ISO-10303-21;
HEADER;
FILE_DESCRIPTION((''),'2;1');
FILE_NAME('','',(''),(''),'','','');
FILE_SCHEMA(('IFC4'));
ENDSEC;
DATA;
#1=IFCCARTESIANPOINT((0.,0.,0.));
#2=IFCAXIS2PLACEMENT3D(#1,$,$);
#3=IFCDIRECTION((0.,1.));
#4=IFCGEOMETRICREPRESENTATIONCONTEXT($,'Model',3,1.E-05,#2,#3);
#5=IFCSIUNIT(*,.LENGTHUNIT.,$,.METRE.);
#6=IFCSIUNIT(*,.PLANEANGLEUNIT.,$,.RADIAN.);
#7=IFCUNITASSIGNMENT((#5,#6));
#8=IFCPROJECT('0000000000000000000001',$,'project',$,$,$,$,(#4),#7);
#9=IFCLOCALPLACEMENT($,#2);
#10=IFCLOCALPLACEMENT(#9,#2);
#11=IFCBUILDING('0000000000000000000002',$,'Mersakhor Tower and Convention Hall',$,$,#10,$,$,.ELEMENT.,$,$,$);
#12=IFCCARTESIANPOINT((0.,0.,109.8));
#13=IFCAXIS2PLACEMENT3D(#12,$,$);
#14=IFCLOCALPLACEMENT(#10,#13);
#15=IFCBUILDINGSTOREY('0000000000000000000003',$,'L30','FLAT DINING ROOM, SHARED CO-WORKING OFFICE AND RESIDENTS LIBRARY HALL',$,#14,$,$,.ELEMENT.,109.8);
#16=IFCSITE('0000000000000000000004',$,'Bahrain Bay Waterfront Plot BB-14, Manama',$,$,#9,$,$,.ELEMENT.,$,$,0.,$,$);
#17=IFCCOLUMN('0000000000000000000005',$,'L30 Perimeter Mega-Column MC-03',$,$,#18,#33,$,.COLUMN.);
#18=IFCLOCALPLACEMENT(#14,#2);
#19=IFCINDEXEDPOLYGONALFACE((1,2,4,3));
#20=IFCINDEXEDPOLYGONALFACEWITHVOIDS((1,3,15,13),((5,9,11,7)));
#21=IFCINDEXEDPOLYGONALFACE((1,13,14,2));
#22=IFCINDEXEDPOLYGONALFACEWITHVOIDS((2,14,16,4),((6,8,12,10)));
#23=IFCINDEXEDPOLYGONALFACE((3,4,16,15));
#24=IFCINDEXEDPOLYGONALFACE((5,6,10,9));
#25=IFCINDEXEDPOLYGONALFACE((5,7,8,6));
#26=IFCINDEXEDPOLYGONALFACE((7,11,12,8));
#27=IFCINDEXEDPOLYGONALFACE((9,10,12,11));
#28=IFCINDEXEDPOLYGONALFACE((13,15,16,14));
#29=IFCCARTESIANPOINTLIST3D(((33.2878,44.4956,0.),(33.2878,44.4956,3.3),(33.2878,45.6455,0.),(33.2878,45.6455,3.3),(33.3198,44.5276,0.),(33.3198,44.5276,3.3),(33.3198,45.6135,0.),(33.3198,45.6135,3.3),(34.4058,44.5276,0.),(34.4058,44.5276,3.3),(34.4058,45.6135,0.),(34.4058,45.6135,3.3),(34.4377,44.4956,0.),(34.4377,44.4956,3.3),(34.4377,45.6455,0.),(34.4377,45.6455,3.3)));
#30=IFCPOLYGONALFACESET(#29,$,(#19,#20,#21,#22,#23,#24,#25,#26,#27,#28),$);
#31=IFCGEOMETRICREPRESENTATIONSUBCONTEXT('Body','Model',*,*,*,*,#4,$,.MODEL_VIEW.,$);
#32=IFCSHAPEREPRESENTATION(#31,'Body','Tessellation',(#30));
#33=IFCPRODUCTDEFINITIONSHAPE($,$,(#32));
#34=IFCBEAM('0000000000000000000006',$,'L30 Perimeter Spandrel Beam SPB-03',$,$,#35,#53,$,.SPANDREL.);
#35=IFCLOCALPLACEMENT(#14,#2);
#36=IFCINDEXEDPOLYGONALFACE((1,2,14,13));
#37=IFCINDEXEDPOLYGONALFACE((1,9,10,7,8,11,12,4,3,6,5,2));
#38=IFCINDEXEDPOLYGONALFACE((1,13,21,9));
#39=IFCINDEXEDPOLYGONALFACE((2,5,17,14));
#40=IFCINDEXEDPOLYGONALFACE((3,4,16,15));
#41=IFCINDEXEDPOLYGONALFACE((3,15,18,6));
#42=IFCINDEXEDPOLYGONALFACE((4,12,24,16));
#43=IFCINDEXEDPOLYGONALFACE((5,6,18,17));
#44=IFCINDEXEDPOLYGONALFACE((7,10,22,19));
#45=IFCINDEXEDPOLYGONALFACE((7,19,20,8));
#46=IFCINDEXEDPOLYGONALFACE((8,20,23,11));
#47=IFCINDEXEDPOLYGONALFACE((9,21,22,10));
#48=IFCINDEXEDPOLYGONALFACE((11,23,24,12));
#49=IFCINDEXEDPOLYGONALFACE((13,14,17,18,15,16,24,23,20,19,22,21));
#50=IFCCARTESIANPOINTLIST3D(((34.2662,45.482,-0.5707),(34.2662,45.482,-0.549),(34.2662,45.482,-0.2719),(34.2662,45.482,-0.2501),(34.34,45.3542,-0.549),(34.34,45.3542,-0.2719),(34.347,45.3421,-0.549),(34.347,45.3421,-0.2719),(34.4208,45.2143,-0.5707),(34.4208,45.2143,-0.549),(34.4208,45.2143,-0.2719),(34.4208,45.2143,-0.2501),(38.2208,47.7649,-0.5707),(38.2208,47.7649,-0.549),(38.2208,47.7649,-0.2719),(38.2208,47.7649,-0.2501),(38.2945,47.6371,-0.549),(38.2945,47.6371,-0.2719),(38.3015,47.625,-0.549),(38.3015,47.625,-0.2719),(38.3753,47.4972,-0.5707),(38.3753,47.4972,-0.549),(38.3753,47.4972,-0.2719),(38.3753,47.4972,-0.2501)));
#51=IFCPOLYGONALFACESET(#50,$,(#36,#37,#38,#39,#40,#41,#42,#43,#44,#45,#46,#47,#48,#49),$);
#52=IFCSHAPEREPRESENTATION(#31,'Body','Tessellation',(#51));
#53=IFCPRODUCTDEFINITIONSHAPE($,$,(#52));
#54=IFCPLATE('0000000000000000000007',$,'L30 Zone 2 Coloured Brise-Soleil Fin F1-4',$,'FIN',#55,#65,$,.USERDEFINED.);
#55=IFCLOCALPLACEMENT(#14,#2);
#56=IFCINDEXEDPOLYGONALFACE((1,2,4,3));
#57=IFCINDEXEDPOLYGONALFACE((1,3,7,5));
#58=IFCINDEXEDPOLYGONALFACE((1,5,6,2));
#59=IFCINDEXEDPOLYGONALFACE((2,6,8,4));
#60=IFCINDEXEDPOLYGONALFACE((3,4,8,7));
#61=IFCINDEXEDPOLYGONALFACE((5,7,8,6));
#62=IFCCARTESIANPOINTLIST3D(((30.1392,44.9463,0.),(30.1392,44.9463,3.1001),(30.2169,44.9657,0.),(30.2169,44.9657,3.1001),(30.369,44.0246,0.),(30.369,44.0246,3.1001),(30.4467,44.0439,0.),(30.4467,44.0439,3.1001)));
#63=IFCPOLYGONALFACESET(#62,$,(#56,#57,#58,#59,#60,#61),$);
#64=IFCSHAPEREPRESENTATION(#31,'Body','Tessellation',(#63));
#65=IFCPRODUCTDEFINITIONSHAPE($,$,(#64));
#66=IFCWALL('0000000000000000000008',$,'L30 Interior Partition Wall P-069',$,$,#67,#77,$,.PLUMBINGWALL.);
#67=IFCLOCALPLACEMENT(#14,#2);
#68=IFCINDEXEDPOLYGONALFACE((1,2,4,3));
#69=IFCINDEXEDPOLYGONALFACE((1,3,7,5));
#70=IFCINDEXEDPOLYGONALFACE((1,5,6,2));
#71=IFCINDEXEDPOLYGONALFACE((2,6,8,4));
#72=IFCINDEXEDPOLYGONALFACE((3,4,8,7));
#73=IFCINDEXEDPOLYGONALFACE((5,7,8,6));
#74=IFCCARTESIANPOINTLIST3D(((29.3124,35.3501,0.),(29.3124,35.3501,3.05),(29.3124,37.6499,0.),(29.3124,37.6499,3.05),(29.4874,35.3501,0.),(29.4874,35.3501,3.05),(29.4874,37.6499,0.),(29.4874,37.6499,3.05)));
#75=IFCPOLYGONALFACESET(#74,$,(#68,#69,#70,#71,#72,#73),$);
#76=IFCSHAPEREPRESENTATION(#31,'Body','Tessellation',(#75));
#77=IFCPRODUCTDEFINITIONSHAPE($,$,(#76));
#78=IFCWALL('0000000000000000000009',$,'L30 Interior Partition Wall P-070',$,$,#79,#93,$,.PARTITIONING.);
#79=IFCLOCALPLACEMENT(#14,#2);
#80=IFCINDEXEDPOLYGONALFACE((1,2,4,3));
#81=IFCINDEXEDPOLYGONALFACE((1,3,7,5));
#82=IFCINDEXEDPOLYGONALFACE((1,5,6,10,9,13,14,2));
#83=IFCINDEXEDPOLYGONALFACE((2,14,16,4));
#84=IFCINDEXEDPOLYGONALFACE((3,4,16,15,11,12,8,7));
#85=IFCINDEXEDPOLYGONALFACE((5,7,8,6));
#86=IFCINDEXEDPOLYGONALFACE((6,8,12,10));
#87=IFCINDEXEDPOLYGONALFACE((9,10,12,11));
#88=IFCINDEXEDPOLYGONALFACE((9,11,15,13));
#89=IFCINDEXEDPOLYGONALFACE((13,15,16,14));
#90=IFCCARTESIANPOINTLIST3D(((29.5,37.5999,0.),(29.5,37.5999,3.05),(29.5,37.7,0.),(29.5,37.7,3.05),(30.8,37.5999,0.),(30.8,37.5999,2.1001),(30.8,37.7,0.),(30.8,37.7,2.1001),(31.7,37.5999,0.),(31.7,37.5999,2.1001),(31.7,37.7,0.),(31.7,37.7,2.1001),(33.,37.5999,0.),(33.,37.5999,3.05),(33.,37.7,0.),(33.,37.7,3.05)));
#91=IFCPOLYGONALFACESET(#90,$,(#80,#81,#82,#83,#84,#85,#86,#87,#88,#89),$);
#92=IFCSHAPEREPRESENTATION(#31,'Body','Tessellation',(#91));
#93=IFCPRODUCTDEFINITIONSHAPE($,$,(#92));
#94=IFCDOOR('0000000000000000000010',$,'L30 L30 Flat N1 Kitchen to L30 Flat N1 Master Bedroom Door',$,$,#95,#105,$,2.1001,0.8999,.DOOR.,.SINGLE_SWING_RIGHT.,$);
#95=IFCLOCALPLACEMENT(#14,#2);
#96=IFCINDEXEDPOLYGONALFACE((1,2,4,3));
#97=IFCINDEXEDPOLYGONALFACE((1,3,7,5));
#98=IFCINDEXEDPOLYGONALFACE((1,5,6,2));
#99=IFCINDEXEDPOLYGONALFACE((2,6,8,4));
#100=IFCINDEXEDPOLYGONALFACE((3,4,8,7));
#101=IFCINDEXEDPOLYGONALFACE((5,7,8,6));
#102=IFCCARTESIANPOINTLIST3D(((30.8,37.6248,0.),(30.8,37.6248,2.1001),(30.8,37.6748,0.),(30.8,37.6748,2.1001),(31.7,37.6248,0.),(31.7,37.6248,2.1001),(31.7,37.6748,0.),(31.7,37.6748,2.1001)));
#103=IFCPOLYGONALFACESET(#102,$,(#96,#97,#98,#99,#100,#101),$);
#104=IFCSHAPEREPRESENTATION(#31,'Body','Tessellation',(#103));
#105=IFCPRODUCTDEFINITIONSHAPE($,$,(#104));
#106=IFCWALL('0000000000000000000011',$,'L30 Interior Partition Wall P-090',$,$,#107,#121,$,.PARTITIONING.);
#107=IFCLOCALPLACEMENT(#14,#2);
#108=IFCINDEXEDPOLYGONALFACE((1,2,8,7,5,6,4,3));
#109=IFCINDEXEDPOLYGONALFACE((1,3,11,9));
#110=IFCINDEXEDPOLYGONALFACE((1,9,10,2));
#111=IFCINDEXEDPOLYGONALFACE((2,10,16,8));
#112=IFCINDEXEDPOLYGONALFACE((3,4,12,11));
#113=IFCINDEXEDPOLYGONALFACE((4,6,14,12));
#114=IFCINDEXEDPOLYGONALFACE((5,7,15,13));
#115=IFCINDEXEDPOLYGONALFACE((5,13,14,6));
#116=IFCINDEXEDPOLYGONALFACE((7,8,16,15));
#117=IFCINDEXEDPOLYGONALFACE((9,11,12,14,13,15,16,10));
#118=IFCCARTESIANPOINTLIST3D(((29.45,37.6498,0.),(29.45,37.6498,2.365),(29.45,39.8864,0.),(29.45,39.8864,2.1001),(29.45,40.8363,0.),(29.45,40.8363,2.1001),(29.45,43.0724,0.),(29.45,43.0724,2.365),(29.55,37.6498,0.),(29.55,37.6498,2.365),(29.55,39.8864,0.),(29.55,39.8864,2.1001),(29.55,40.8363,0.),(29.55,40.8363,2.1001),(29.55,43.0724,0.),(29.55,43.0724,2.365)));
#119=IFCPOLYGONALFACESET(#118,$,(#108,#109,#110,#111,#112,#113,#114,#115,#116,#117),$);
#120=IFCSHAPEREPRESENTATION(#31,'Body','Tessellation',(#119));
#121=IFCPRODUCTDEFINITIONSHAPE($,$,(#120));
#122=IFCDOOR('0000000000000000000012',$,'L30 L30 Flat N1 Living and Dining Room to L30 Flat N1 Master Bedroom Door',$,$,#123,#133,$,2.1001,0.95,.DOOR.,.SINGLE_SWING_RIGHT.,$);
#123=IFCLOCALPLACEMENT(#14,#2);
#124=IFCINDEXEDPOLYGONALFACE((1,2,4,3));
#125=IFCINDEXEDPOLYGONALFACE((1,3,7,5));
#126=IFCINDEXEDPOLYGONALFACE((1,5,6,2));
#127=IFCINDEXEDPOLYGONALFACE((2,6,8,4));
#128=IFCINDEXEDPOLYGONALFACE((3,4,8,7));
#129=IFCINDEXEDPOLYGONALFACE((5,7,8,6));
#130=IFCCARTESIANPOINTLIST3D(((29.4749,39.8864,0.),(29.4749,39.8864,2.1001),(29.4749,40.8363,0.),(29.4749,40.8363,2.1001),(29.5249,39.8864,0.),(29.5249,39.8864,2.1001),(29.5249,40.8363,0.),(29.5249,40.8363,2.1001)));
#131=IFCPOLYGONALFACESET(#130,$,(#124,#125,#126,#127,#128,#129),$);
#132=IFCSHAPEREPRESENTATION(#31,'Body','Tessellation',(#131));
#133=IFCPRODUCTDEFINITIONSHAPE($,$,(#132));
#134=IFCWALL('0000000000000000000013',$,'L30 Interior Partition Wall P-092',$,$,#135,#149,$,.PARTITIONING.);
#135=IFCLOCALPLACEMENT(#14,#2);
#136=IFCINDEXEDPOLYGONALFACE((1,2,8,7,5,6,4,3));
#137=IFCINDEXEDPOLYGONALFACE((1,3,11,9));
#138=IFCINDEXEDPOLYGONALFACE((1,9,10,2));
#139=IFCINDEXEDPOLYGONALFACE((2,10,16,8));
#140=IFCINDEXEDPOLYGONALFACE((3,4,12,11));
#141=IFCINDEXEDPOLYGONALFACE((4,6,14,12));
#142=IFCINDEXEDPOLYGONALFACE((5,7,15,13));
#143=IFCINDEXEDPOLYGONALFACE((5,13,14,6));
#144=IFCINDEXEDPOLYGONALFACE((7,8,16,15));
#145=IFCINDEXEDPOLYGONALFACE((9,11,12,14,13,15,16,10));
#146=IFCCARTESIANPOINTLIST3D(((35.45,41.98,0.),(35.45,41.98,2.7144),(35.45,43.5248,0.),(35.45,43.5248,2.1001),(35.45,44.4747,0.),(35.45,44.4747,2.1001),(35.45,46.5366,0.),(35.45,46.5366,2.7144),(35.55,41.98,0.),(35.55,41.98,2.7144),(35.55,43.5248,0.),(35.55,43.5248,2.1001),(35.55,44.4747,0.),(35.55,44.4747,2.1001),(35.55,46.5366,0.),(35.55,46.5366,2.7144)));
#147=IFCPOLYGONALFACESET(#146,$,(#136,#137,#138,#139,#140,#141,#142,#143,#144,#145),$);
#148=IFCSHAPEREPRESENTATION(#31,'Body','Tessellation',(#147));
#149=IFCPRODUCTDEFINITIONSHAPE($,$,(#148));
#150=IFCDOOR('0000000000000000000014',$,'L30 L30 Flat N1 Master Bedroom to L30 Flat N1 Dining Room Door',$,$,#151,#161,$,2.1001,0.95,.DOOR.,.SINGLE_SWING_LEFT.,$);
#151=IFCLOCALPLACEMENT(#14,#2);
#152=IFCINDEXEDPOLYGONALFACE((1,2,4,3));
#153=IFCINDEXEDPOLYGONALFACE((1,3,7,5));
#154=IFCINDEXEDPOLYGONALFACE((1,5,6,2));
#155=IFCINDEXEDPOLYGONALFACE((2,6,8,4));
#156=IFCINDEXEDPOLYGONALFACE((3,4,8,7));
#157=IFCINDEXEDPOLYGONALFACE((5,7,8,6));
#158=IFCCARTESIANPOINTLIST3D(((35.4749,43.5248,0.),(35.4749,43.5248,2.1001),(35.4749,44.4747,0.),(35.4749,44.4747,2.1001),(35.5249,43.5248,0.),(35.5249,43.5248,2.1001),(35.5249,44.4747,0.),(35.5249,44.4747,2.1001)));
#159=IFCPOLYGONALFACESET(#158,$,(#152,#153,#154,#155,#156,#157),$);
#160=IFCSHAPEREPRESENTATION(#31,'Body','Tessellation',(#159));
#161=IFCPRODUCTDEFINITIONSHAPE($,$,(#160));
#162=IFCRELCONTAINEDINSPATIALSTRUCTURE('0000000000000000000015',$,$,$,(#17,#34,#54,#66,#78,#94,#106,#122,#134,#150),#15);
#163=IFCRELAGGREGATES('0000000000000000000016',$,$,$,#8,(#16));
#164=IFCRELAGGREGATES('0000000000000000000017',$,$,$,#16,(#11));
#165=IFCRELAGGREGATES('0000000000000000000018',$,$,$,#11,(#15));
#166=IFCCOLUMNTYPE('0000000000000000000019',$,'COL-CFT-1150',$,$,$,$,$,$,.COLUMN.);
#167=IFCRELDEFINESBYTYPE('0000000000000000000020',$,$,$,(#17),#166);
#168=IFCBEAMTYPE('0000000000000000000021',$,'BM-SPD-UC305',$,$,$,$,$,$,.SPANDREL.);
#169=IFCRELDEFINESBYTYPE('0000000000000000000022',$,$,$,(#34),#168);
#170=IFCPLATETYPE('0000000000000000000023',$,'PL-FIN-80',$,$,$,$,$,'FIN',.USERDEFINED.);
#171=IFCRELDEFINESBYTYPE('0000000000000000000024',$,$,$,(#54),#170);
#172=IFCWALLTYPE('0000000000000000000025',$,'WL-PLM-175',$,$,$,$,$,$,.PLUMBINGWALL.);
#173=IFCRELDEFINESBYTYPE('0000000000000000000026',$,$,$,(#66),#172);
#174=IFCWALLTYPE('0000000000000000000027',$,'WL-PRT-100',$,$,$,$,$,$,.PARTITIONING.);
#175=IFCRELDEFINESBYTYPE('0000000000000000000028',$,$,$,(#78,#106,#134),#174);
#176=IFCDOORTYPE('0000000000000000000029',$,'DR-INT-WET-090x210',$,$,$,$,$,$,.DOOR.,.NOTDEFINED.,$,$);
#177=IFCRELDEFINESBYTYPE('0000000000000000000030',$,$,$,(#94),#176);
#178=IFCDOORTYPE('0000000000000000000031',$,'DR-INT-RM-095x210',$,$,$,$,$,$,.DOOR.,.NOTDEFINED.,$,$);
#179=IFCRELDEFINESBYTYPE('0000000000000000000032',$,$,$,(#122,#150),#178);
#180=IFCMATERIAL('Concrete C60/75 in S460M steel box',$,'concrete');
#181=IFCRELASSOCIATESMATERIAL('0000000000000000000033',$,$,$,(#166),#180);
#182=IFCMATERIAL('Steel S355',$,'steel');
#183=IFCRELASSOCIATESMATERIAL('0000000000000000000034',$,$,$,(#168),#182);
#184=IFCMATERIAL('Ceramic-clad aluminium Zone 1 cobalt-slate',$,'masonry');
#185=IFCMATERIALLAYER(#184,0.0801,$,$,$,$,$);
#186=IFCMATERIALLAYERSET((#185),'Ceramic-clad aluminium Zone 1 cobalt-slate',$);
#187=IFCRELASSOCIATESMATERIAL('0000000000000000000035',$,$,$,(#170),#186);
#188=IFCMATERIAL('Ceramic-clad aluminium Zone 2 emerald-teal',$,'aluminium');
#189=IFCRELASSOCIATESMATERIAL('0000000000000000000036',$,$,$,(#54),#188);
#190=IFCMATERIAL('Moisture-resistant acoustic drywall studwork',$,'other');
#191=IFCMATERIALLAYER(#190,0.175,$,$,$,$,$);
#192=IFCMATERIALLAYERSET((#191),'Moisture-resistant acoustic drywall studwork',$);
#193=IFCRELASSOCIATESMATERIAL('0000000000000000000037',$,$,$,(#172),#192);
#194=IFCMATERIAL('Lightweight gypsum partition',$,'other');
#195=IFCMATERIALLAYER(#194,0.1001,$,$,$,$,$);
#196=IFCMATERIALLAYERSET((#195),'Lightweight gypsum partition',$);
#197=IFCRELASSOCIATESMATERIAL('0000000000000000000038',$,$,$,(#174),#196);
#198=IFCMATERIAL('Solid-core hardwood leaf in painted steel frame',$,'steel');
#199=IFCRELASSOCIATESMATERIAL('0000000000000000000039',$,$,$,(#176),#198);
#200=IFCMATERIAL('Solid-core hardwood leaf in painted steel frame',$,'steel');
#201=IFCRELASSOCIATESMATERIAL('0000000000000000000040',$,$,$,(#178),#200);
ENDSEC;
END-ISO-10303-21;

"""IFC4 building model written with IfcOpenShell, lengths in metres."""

from ifc_helpers import new_model, si_unit, direction, frame, frame_2d, origin, origin_2d, place, context, subcontext, project, spatial, rectangle, hollow_rectangle, i_section, extrude, material, layer, layer_set, material_profile, profile_set, type_object, element, fill, save


model = new_model("IFC4")

# Units and contexts
model_context = context("Model", 3, precision=1e-05, world=origin(), true_north=direction((0.0, 1.0)))
body_context = subcontext(model_context, "Body", "Model", "MODEL_VIEW")
ifc_project = project(units=[si_unit("LENGTHUNIT", "METRE"), si_unit("PLANEANGLEUNIT", "RADIAN")], contexts=[model_context])

# Site, building, storey
site_placement = place(None, origin())
site = spatial("IfcSite", under=ifc_project, at=site_placement, Name="Bahrain Bay Waterfront Plot BB-14, Manama", CompositionType="ELEMENT", RefElevation=0.0)
building_placement = place(site_placement, origin())
building = spatial("IfcBuilding", under=site, at=building_placement, Name="Mersakhor Tower and Convention Hall", CompositionType="ELEMENT")
storey_placement = place(building_placement, frame((0.0, 0.0, 109.8)))
storey = spatial("IfcBuildingStorey", under=building, at=storey_placement, Name="L30", Description="FLAT DINING ROOM, SHARED CO-WORKING OFFICE AND RESIDENTS LIBRARY HALL", CompositionType="ELEMENT", Elevation=109.8)

# Column
ifc_material_1 = material(Name="Concrete C60/75 in S460M steel box", Category="concrete")
ifc_material_profile_1 = material_profile(ifc_material_1, hollow_rectangle(XDim=1.1499, YDim=1.1499, WallThickness=0.032, at=origin_2d()), Name="SHS 1150x1150x32")
ifc_profile_set_1 = profile_set([ifc_material_profile_1], Name="Concrete C60/75 in S460M steel box")
column_type = type_object("IfcColumnType", Name="COL-CFT-1150", PredefinedType="COLUMN", material=ifc_profile_set_1)
column_placement = place(storey_placement, frame((33.8628, 45.0706, 0.0), z_axis=(0.0, 0.0, 1.0), x_axis=(1.0, 0.0, 0.0)))
element("IfcColumn", 1, at=column_placement, inside=storey, type_object=column_type, Name="L30 Perimeter Mega-Column MC-03", PredefinedType="COLUMN", context=body_context, shape_type="SweptSolid", body=[
    extrude(hollow_rectangle(XDim=1.1499, YDim=1.1499, WallThickness=0.032, at=origin_2d()), origin(), (0.0, 0.0, 1.0), 3.3),
])

# Beam
ifc_material_2 = material(Name="Steel S355", Category="steel")
ifc_material_profile_2 = material_profile(ifc_material_2, i_section(OverallWidth=0.3091, OverallDepth=0.3206, WebThickness=0.0139, FlangeThickness=0.0217, at=origin_2d()), Name="UC 305x305x137")
ifc_profile_set_2 = profile_set([ifc_material_profile_2], Name="Steel S355")
beam_type = type_object("IfcBeamType", Name="BM-SPD-UC305", PredefinedType="SPANDREL", material=ifc_profile_set_2)
beam_placement = place(storey_placement, frame((34.3435, 45.3481, -0.4104), z_axis=(0.866047, 0.499963, 0.0), x_axis=(-0.499963, 0.866047, 0.0)))
element("IfcBeam", 2, at=beam_placement, inside=storey, type_object=beam_type, Name="L30 Perimeter Spandrel Beam SPB-03", PredefinedType="SPANDREL", context=body_context, shape_type="SweptSolid", body=[
    extrude(i_section(OverallWidth=0.3091, OverallDepth=0.3206, WebThickness=0.0139, FlangeThickness=0.0217, at=origin_2d()), origin(), (0.0, 0.0, 1.0), 4.5662),
])

# Plate
ifc_material_3 = material(Name="Ceramic-clad aluminium Zone 2 emerald-teal", Category="aluminium")
ifc_material_4 = material(Name="Ceramic-clad aluminium Zone 1 cobalt-slate", Category="masonry")
ifc_layer_1 = layer(ifc_material_4, 0.0801)
ifc_layer_set_1 = layer_set([ifc_layer_1], Name="Ceramic-clad aluminium Zone 1 cobalt-slate")
plate_type = type_object("IfcPlateType", Name="PL-FIN-80", ElementType="FIN", PredefinedType="USERDEFINED", material=ifc_layer_set_1)
plate_placement = place(storey_placement, frame((30.293, 44.4951, 0.0), z_axis=(0.0, 0.0, 1.0), x_axis=(-0.241922, 0.970296, 0.0)))
element("IfcPlate", 3, at=plate_placement, inside=storey, type_object=plate_type, material=ifc_material_3, Name="L30 Zone 2 Coloured Brise-Soleil Fin F1-4", ObjectType="FIN", PredefinedType="USERDEFINED", context=body_context, shape_type="SweptSolid", body=[
    extrude(rectangle(XDim=0.95, YDim=0.0801, at=origin_2d()), origin(), (0.0, 0.0, 1.0), 3.1001),
])

# Wall
ifc_material_5 = material(Name="Moisture-resistant acoustic drywall studwork", Category="other")
ifc_layer_2 = layer(ifc_material_5, 0.175)
ifc_layer_set_2 = layer_set([ifc_layer_2], Name="Moisture-resistant acoustic drywall studwork")
wall_type_1 = type_object("IfcWallType", Name="WL-PLM-175", PredefinedType="PLUMBINGWALL", material=ifc_layer_set_2)
wall_1_placement = place(storey_placement, frame((29.3999, 37.6499, 0.0), z_axis=(0.0, 0.0, 1.0), x_axis=(0.0, -1.0, 0.0)))
element("IfcWall", 4, at=wall_1_placement, inside=storey, type_object=wall_type_1, Name="L30 Interior Partition Wall P-069", PredefinedType="PLUMBINGWALL", context=body_context, shape_type="SweptSolid", body=[
    extrude(rectangle(XDim=2.2998, YDim=0.175, at=frame_2d((1.1499, 0.0))), origin(), (0.0, 0.0, 1.0), 3.05),
])

# Walls, openings, doors
ifc_material_6 = material(Name="Lightweight gypsum partition", Category="other")
ifc_layer_3 = layer(ifc_material_6, 0.1001)
ifc_layer_set_3 = layer_set([ifc_layer_3], Name="Lightweight gypsum partition")
wall_type_2 = type_object("IfcWallType", Name="WL-PRT-100", PredefinedType="PARTITIONING", material=ifc_layer_set_3)
wall_2_placement = place(storey_placement, frame((29.5, 37.6499, 0.0), z_axis=(0.0, 0.0, 1.0), x_axis=(1.0, 0.0, 0.0)))
wall_2 = element("IfcWall", 5, at=wall_2_placement, inside=storey, type_object=wall_type_2, Name="L30 Interior Partition Wall P-070", PredefinedType="PARTITIONING", context=body_context, shape_type="SweptSolid", body=[
    extrude(rectangle(XDim=3.5, YDim=0.1001, at=frame_2d((1.75, 0.0))), origin(), (0.0, 0.0, 1.0), 3.05),
])
opening_1_placement = place(wall_2_placement, frame((1.3, 0.0, 0.0)))
opening_1 = element("IfcOpeningElement", 6, at=opening_1_placement, cuts=wall_2, PredefinedType="OPENING", context=body_context, shape_type="SweptSolid", body=[
    extrude(rectangle(XDim=0.8999, YDim=2.1001, at=frame_2d((0.45, 1.05))), frame((0.0, 0.0601, 0.0), z_axis=(0.0, -1.0, 0.0), x_axis=(1.0, 0.0, 0.0)), (0.0, 0.0, 1.0), 0.1201),
])
ifc_material_7 = material(Name="Solid-core hardwood leaf in painted steel frame", Category="steel")
door_type_1 = type_object("IfcDoorType", Name="DR-INT-WET-090x210", OperationType="NOTDEFINED", PredefinedType="DOOR", material=ifc_material_7)
door_1_placement = place(opening_1_placement, origin())
door_1 = element("IfcDoor", 7, at=door_1_placement, inside=storey, type_object=door_type_1, Name="L30 L30 Flat N1 Kitchen to L30 Flat N1 Master Bedroom Door", OperationType="SINGLE_SWING_RIGHT", OverallHeight=2.1001, OverallWidth=0.8999, PredefinedType="DOOR", context=body_context, shape_type="SweptSolid", body=[
    extrude(rectangle(XDim=0.8999, YDim=2.1001, at=frame_2d((0.45, 1.05))), frame((0.0, 0.0249, 0.0), z_axis=(0.0, -1.0, 0.0), x_axis=(1.0, 0.0, 0.0)), (0.0, 0.0, 1.0), 0.05),
])
fill(opening_1, door_1)
wall_3_placement = place(storey_placement, frame((29.5, 43.0725, 0.0), z_axis=(0.0, 0.0, 1.0), x_axis=(0.0, -1.0, 0.0)))
wall_3 = element("IfcWall", 8, at=wall_3_placement, inside=storey, type_object=wall_type_2, Name="L30 Interior Partition Wall P-090", PredefinedType="PARTITIONING", context=body_context, shape_type="SweptSolid", body=[
    extrude(rectangle(XDim=5.4226, YDim=0.1001, at=frame_2d((2.7114, 0.0))), origin(), (0.0, 0.0, 1.0), 2.365),
])
opening_2_placement = place(wall_3_placement, frame((2.2361, 0.0, 0.0)))
opening_2 = element("IfcOpeningElement", 9, at=opening_2_placement, cuts=wall_3, PredefinedType="OPENING", context=body_context, shape_type="SweptSolid", body=[
    extrude(rectangle(XDim=0.95, YDim=2.1001, at=frame_2d((0.4751, 1.05))), frame((0.0, 0.0601, 0.0), z_axis=(0.0, -1.0, 0.0), x_axis=(1.0, 0.0, 0.0)), (0.0, 0.0, 1.0), 0.1201),
])
ifc_material_8 = material(Name="Solid-core hardwood leaf in painted steel frame", Category="steel")
door_type_2 = type_object("IfcDoorType", Name="DR-INT-RM-095x210", OperationType="NOTDEFINED", PredefinedType="DOOR", material=ifc_material_8)
door_2_placement = place(opening_2_placement, origin())
door_2 = element("IfcDoor", 10, at=door_2_placement, inside=storey, type_object=door_type_2, Name="L30 L30 Flat N1 Living and Dining Room to L30 Flat N1 Master Bedroom Door", OperationType="SINGLE_SWING_RIGHT", OverallHeight=2.1001, OverallWidth=0.95, PredefinedType="DOOR", context=body_context, shape_type="SweptSolid", body=[
    extrude(rectangle(XDim=0.95, YDim=2.1001, at=frame_2d((0.4751, 1.05))), frame((0.0, 0.0249, 0.0), z_axis=(0.0, -1.0, 0.0), x_axis=(1.0, 0.0, 0.0)), (0.0, 0.0, 1.0), 0.05),
])
fill(opening_2, door_2)
wall_4_placement = place(storey_placement, frame((35.5, 46.5366, 0.0), z_axis=(0.0, 0.0, 1.0), x_axis=(0.0, -1.0, 0.0)))
wall_4 = element("IfcWall", 11, at=wall_4_placement, inside=storey, type_object=wall_type_2, Name="L30 Interior Partition Wall P-092", PredefinedType="PARTITIONING", context=body_context, shape_type="SweptSolid", body=[
    extrude(rectangle(XDim=4.5566, YDim=0.1001, at=frame_2d((2.2783, 0.0))), origin(), (0.0, 0.0, 1.0), 2.7144),
])
opening_3_placement = place(wall_4_placement, frame((2.0618, 0.0, 0.0)))
opening_3 = element("IfcOpeningElement", 12, at=opening_3_placement, cuts=wall_4, PredefinedType="OPENING", context=body_context, shape_type="SweptSolid", body=[
    extrude(rectangle(XDim=0.95, YDim=2.1001, at=frame_2d((0.4751, 1.05))), frame((0.0, 0.0601, 0.0), z_axis=(0.0, -1.0, 0.0), x_axis=(1.0, 0.0, 0.0)), (0.0, 0.0, 1.0), 0.1201),
])
door_3_placement = place(opening_3_placement, origin())
door_3 = element("IfcDoor", 13, at=door_3_placement, inside=storey, type_object=door_type_2, Name="L30 L30 Flat N1 Master Bedroom to L30 Flat N1 Dining Room Door", OperationType="SINGLE_SWING_LEFT", OverallHeight=2.1001, OverallWidth=0.95, PredefinedType="DOOR", context=body_context, shape_type="SweptSolid", body=[
    extrude(rectangle(XDim=0.95, YDim=2.1001, at=frame_2d((0.4751, 1.05))), frame((0.0, 0.0249, 0.0), z_axis=(0.0, -1.0, 0.0), x_axis=(1.0, 0.0, 0.0)), (0.0, 0.0, 1.0), 0.05),
])
fill(opening_3, door_3)

save(model, "model.ifc")
